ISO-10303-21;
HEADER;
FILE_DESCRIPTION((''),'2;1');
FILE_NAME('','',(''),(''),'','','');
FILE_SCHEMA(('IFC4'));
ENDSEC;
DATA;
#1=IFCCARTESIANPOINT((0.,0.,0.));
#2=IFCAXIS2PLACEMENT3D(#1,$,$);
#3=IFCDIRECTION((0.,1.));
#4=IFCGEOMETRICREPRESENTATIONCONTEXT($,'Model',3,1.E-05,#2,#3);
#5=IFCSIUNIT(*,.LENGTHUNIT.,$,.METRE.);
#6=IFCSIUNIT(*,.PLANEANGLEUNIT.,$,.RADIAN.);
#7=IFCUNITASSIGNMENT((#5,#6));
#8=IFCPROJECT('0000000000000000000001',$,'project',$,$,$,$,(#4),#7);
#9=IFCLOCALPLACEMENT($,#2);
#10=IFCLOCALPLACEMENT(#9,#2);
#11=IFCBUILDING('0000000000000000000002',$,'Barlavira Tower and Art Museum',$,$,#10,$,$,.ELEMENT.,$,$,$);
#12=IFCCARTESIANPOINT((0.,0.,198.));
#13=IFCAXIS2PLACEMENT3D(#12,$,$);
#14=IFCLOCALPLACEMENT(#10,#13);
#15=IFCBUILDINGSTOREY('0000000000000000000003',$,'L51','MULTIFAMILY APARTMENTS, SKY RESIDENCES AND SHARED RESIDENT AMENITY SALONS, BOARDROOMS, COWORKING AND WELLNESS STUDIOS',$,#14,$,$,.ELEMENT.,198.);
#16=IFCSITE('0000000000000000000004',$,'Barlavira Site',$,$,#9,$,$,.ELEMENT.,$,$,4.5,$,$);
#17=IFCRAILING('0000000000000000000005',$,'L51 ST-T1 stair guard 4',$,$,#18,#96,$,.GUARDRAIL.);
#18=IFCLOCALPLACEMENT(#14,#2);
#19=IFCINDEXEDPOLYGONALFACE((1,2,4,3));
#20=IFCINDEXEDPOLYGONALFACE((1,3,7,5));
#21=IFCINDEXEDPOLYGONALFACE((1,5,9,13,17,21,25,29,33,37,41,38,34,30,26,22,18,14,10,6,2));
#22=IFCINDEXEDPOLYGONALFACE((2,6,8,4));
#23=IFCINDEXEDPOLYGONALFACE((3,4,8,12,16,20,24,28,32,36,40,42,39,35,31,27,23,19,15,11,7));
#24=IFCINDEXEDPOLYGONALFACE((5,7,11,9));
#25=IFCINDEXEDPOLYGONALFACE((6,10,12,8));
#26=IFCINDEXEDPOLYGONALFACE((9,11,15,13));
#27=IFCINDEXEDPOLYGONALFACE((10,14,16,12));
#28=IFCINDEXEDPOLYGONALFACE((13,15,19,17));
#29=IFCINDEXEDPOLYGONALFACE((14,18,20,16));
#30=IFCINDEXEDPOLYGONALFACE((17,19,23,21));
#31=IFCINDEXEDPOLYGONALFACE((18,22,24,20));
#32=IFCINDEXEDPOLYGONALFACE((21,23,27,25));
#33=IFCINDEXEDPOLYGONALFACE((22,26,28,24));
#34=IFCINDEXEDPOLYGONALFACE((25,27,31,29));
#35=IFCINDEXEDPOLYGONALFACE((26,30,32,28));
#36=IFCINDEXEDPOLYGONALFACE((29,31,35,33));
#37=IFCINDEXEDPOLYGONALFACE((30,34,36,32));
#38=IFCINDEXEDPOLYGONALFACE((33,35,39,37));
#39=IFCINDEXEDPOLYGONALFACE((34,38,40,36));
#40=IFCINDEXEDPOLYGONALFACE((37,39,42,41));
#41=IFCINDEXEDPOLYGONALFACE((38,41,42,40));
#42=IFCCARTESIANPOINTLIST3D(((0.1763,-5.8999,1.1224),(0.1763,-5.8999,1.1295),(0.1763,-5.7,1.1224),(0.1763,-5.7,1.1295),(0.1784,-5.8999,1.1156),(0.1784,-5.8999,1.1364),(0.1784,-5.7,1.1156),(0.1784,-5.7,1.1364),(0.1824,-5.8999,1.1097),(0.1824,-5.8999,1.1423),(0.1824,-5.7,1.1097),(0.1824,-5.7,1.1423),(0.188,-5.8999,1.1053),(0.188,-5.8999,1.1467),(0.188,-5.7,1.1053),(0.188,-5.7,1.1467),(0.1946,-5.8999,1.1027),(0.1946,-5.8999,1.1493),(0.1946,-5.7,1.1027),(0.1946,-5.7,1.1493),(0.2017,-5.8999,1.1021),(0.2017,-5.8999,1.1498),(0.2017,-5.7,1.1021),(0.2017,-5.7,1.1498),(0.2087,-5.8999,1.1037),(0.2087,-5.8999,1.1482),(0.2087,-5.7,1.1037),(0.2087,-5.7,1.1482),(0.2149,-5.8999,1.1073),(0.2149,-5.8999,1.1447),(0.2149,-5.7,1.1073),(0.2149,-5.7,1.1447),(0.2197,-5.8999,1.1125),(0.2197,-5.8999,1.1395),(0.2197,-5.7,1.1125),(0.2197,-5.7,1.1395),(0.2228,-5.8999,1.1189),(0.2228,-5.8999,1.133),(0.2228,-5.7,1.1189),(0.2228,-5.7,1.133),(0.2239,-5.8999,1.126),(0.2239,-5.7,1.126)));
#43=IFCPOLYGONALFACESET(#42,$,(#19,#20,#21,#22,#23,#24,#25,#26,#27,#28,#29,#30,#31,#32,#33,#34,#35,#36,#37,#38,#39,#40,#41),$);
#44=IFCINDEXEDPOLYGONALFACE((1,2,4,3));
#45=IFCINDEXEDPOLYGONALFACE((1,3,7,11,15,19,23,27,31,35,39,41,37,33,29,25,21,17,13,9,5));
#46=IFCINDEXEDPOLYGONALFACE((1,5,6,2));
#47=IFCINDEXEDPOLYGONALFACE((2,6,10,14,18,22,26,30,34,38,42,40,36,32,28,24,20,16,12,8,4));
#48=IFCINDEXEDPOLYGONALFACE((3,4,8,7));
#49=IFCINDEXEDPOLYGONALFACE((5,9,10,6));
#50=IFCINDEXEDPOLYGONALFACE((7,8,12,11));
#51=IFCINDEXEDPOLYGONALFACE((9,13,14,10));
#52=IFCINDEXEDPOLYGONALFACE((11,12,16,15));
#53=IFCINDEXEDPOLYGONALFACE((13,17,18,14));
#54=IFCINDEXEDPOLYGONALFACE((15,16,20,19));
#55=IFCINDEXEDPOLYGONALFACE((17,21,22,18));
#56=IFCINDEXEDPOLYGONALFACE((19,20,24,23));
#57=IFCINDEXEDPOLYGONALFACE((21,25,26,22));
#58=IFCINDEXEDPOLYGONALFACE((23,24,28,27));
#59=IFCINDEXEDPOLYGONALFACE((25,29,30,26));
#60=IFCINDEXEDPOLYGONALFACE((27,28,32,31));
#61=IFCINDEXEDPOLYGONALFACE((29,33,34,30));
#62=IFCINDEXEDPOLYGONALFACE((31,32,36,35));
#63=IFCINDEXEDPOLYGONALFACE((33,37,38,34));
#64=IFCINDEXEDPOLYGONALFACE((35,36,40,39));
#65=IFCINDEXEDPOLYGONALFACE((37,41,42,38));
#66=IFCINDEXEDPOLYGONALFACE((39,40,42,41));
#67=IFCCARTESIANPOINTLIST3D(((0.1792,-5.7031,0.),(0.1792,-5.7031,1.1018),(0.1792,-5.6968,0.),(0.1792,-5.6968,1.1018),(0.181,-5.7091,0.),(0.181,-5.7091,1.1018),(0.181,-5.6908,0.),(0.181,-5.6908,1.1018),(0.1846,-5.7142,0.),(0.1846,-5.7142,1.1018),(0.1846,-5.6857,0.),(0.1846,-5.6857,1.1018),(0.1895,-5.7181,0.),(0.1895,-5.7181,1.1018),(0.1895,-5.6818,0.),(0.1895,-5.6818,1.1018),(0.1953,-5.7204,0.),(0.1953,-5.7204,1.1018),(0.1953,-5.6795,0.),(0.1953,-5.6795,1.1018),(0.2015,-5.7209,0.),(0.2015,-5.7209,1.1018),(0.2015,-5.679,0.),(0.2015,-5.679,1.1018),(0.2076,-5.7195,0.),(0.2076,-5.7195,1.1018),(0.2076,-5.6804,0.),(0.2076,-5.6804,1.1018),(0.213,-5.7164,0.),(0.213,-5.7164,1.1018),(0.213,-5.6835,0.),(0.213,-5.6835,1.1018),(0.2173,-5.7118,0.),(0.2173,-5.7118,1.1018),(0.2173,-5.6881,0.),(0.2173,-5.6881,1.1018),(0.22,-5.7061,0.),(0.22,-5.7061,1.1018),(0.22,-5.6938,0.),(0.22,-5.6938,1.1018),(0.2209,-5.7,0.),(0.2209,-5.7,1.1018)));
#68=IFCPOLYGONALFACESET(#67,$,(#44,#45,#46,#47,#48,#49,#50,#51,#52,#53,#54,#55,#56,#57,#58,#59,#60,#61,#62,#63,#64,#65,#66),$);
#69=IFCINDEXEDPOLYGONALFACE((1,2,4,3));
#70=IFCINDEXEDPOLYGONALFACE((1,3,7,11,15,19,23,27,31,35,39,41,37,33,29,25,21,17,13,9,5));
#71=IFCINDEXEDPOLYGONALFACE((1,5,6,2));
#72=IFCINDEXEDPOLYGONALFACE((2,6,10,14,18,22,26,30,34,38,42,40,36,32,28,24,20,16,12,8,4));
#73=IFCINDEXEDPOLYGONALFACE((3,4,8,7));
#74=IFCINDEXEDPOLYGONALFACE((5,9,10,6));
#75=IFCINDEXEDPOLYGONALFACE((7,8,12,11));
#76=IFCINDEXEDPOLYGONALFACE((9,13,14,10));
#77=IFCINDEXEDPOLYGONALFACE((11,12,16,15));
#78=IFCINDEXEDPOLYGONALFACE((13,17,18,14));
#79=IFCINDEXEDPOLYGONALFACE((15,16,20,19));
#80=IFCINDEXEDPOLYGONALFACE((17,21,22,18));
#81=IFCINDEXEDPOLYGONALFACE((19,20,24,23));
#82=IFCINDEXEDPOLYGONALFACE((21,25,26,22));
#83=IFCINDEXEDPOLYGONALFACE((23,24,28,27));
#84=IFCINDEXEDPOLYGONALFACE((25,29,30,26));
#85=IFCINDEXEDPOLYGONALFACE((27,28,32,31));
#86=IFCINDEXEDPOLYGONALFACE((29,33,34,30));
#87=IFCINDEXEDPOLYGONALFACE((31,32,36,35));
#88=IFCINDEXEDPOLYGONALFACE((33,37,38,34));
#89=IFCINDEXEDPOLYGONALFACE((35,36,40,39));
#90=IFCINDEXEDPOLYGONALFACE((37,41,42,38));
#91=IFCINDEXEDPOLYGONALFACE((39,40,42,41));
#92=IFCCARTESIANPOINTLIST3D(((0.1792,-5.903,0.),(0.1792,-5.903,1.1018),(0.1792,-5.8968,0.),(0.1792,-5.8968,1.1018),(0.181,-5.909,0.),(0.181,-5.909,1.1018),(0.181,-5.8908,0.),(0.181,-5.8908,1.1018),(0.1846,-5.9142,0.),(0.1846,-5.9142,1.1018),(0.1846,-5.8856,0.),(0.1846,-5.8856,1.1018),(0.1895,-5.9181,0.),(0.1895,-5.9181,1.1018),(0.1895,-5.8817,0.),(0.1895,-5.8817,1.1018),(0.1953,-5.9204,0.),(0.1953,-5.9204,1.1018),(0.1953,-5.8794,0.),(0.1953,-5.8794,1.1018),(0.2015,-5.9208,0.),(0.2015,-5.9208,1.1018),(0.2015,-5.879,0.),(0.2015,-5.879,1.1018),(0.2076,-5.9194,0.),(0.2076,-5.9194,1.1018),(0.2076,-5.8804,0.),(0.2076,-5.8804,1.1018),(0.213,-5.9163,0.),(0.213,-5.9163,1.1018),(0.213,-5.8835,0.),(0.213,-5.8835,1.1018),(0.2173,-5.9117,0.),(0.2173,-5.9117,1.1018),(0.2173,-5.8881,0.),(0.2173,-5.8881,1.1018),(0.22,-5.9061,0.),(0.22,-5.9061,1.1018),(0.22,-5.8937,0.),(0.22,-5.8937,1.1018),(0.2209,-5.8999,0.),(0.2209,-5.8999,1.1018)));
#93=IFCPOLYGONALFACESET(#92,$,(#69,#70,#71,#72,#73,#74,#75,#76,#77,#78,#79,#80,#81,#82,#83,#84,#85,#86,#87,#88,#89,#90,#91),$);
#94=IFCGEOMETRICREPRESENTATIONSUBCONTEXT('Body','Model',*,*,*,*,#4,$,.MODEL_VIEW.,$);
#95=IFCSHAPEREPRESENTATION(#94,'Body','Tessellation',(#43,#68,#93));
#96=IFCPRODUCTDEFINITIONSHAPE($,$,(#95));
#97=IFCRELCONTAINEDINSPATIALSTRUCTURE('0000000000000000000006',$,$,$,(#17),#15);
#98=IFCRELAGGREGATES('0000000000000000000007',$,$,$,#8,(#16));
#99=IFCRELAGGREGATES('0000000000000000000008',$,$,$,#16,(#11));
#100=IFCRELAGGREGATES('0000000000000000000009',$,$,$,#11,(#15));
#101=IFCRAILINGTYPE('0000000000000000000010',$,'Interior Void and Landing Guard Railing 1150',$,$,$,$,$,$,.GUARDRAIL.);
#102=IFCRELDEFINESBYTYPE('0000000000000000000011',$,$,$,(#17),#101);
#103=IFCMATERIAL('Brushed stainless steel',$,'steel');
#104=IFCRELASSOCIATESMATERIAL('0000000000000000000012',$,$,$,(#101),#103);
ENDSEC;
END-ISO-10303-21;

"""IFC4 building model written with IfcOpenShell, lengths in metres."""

from ifc_helpers import new_model, si_unit, direction, frame, origin, origin_2d, place, context, subcontext, project, spatial, circle, extrude, material, type_object, element, save


model = new_model("IFC4")

# Units and contexts
model_context = context("Model", 3, precision=1e-05, world=origin(), true_north=direction((0.0, 1.0)))
body_context = subcontext(model_context, "Body", "Model", "MODEL_VIEW")
ifc_project = project(units=[si_unit("LENGTHUNIT", "METRE"), si_unit("PLANEANGLEUNIT", "RADIAN")], contexts=[model_context])

# Site, building, storey
site_placement = place(None, origin())
site = spatial("IfcSite", under=ifc_project, at=site_placement, Name="Barlavira Site", CompositionType="ELEMENT", RefElevation=4.5)
building_placement = place(site_placement, origin())
building = spatial("IfcBuilding", under=site, at=building_placement, Name="Barlavira Tower and Art Museum", CompositionType="ELEMENT")
storey_placement = place(building_placement, frame((0.0, 0.0, 198.0)))
storey = spatial("IfcBuildingStorey", under=building, at=storey_placement, Name="L51", Description="MULTIFAMILY APARTMENTS, SKY RESIDENCES AND SHARED RESIDENT AMENITY SALONS, BOARDROOMS, COWORKING AND WELLNESS STUDIOS", CompositionType="ELEMENT", Elevation=198.0)

# Shared definitions
ifc_material_1 = material(Name="Brushed stainless steel", Category="steel")

# Railing
railing_type_1 = type_object("IfcRailingType", Name="Interior Void and Landing Guard Railing 1150", PredefinedType="GUARDRAIL", material=ifc_material_1)
railing_1_placement = place(storey_placement, frame((0.2, -5.7, 0.0)))
element("IfcRailing", 1, at=railing_1_placement, inside=storey, type_object=railing_type_1, Name="L51 ST-T1 stair guard 4", PredefinedType="GUARDRAIL", context=body_context, shape_type="SweptSolid", body=[
    extrude(circle(Radius=0.0239, at=origin_2d()), frame((0.0, 0.0, 1.126), z_axis=(0.0, -1.0, 0.0), x_axis=(1.0, 0.0, 0.0)), (0.0, 0.0, 1.0), 0.2),
    extrude(circle(Radius=0.021, at=origin_2d()), origin(), (0.0, 0.0, 1.0), 1.1018),
    extrude(circle(Radius=0.021, at=origin_2d()), frame((0.0, -0.2, 0.0)), (0.0, 0.0, 1.0), 1.1018),
])

save(model, "model.ifc")
